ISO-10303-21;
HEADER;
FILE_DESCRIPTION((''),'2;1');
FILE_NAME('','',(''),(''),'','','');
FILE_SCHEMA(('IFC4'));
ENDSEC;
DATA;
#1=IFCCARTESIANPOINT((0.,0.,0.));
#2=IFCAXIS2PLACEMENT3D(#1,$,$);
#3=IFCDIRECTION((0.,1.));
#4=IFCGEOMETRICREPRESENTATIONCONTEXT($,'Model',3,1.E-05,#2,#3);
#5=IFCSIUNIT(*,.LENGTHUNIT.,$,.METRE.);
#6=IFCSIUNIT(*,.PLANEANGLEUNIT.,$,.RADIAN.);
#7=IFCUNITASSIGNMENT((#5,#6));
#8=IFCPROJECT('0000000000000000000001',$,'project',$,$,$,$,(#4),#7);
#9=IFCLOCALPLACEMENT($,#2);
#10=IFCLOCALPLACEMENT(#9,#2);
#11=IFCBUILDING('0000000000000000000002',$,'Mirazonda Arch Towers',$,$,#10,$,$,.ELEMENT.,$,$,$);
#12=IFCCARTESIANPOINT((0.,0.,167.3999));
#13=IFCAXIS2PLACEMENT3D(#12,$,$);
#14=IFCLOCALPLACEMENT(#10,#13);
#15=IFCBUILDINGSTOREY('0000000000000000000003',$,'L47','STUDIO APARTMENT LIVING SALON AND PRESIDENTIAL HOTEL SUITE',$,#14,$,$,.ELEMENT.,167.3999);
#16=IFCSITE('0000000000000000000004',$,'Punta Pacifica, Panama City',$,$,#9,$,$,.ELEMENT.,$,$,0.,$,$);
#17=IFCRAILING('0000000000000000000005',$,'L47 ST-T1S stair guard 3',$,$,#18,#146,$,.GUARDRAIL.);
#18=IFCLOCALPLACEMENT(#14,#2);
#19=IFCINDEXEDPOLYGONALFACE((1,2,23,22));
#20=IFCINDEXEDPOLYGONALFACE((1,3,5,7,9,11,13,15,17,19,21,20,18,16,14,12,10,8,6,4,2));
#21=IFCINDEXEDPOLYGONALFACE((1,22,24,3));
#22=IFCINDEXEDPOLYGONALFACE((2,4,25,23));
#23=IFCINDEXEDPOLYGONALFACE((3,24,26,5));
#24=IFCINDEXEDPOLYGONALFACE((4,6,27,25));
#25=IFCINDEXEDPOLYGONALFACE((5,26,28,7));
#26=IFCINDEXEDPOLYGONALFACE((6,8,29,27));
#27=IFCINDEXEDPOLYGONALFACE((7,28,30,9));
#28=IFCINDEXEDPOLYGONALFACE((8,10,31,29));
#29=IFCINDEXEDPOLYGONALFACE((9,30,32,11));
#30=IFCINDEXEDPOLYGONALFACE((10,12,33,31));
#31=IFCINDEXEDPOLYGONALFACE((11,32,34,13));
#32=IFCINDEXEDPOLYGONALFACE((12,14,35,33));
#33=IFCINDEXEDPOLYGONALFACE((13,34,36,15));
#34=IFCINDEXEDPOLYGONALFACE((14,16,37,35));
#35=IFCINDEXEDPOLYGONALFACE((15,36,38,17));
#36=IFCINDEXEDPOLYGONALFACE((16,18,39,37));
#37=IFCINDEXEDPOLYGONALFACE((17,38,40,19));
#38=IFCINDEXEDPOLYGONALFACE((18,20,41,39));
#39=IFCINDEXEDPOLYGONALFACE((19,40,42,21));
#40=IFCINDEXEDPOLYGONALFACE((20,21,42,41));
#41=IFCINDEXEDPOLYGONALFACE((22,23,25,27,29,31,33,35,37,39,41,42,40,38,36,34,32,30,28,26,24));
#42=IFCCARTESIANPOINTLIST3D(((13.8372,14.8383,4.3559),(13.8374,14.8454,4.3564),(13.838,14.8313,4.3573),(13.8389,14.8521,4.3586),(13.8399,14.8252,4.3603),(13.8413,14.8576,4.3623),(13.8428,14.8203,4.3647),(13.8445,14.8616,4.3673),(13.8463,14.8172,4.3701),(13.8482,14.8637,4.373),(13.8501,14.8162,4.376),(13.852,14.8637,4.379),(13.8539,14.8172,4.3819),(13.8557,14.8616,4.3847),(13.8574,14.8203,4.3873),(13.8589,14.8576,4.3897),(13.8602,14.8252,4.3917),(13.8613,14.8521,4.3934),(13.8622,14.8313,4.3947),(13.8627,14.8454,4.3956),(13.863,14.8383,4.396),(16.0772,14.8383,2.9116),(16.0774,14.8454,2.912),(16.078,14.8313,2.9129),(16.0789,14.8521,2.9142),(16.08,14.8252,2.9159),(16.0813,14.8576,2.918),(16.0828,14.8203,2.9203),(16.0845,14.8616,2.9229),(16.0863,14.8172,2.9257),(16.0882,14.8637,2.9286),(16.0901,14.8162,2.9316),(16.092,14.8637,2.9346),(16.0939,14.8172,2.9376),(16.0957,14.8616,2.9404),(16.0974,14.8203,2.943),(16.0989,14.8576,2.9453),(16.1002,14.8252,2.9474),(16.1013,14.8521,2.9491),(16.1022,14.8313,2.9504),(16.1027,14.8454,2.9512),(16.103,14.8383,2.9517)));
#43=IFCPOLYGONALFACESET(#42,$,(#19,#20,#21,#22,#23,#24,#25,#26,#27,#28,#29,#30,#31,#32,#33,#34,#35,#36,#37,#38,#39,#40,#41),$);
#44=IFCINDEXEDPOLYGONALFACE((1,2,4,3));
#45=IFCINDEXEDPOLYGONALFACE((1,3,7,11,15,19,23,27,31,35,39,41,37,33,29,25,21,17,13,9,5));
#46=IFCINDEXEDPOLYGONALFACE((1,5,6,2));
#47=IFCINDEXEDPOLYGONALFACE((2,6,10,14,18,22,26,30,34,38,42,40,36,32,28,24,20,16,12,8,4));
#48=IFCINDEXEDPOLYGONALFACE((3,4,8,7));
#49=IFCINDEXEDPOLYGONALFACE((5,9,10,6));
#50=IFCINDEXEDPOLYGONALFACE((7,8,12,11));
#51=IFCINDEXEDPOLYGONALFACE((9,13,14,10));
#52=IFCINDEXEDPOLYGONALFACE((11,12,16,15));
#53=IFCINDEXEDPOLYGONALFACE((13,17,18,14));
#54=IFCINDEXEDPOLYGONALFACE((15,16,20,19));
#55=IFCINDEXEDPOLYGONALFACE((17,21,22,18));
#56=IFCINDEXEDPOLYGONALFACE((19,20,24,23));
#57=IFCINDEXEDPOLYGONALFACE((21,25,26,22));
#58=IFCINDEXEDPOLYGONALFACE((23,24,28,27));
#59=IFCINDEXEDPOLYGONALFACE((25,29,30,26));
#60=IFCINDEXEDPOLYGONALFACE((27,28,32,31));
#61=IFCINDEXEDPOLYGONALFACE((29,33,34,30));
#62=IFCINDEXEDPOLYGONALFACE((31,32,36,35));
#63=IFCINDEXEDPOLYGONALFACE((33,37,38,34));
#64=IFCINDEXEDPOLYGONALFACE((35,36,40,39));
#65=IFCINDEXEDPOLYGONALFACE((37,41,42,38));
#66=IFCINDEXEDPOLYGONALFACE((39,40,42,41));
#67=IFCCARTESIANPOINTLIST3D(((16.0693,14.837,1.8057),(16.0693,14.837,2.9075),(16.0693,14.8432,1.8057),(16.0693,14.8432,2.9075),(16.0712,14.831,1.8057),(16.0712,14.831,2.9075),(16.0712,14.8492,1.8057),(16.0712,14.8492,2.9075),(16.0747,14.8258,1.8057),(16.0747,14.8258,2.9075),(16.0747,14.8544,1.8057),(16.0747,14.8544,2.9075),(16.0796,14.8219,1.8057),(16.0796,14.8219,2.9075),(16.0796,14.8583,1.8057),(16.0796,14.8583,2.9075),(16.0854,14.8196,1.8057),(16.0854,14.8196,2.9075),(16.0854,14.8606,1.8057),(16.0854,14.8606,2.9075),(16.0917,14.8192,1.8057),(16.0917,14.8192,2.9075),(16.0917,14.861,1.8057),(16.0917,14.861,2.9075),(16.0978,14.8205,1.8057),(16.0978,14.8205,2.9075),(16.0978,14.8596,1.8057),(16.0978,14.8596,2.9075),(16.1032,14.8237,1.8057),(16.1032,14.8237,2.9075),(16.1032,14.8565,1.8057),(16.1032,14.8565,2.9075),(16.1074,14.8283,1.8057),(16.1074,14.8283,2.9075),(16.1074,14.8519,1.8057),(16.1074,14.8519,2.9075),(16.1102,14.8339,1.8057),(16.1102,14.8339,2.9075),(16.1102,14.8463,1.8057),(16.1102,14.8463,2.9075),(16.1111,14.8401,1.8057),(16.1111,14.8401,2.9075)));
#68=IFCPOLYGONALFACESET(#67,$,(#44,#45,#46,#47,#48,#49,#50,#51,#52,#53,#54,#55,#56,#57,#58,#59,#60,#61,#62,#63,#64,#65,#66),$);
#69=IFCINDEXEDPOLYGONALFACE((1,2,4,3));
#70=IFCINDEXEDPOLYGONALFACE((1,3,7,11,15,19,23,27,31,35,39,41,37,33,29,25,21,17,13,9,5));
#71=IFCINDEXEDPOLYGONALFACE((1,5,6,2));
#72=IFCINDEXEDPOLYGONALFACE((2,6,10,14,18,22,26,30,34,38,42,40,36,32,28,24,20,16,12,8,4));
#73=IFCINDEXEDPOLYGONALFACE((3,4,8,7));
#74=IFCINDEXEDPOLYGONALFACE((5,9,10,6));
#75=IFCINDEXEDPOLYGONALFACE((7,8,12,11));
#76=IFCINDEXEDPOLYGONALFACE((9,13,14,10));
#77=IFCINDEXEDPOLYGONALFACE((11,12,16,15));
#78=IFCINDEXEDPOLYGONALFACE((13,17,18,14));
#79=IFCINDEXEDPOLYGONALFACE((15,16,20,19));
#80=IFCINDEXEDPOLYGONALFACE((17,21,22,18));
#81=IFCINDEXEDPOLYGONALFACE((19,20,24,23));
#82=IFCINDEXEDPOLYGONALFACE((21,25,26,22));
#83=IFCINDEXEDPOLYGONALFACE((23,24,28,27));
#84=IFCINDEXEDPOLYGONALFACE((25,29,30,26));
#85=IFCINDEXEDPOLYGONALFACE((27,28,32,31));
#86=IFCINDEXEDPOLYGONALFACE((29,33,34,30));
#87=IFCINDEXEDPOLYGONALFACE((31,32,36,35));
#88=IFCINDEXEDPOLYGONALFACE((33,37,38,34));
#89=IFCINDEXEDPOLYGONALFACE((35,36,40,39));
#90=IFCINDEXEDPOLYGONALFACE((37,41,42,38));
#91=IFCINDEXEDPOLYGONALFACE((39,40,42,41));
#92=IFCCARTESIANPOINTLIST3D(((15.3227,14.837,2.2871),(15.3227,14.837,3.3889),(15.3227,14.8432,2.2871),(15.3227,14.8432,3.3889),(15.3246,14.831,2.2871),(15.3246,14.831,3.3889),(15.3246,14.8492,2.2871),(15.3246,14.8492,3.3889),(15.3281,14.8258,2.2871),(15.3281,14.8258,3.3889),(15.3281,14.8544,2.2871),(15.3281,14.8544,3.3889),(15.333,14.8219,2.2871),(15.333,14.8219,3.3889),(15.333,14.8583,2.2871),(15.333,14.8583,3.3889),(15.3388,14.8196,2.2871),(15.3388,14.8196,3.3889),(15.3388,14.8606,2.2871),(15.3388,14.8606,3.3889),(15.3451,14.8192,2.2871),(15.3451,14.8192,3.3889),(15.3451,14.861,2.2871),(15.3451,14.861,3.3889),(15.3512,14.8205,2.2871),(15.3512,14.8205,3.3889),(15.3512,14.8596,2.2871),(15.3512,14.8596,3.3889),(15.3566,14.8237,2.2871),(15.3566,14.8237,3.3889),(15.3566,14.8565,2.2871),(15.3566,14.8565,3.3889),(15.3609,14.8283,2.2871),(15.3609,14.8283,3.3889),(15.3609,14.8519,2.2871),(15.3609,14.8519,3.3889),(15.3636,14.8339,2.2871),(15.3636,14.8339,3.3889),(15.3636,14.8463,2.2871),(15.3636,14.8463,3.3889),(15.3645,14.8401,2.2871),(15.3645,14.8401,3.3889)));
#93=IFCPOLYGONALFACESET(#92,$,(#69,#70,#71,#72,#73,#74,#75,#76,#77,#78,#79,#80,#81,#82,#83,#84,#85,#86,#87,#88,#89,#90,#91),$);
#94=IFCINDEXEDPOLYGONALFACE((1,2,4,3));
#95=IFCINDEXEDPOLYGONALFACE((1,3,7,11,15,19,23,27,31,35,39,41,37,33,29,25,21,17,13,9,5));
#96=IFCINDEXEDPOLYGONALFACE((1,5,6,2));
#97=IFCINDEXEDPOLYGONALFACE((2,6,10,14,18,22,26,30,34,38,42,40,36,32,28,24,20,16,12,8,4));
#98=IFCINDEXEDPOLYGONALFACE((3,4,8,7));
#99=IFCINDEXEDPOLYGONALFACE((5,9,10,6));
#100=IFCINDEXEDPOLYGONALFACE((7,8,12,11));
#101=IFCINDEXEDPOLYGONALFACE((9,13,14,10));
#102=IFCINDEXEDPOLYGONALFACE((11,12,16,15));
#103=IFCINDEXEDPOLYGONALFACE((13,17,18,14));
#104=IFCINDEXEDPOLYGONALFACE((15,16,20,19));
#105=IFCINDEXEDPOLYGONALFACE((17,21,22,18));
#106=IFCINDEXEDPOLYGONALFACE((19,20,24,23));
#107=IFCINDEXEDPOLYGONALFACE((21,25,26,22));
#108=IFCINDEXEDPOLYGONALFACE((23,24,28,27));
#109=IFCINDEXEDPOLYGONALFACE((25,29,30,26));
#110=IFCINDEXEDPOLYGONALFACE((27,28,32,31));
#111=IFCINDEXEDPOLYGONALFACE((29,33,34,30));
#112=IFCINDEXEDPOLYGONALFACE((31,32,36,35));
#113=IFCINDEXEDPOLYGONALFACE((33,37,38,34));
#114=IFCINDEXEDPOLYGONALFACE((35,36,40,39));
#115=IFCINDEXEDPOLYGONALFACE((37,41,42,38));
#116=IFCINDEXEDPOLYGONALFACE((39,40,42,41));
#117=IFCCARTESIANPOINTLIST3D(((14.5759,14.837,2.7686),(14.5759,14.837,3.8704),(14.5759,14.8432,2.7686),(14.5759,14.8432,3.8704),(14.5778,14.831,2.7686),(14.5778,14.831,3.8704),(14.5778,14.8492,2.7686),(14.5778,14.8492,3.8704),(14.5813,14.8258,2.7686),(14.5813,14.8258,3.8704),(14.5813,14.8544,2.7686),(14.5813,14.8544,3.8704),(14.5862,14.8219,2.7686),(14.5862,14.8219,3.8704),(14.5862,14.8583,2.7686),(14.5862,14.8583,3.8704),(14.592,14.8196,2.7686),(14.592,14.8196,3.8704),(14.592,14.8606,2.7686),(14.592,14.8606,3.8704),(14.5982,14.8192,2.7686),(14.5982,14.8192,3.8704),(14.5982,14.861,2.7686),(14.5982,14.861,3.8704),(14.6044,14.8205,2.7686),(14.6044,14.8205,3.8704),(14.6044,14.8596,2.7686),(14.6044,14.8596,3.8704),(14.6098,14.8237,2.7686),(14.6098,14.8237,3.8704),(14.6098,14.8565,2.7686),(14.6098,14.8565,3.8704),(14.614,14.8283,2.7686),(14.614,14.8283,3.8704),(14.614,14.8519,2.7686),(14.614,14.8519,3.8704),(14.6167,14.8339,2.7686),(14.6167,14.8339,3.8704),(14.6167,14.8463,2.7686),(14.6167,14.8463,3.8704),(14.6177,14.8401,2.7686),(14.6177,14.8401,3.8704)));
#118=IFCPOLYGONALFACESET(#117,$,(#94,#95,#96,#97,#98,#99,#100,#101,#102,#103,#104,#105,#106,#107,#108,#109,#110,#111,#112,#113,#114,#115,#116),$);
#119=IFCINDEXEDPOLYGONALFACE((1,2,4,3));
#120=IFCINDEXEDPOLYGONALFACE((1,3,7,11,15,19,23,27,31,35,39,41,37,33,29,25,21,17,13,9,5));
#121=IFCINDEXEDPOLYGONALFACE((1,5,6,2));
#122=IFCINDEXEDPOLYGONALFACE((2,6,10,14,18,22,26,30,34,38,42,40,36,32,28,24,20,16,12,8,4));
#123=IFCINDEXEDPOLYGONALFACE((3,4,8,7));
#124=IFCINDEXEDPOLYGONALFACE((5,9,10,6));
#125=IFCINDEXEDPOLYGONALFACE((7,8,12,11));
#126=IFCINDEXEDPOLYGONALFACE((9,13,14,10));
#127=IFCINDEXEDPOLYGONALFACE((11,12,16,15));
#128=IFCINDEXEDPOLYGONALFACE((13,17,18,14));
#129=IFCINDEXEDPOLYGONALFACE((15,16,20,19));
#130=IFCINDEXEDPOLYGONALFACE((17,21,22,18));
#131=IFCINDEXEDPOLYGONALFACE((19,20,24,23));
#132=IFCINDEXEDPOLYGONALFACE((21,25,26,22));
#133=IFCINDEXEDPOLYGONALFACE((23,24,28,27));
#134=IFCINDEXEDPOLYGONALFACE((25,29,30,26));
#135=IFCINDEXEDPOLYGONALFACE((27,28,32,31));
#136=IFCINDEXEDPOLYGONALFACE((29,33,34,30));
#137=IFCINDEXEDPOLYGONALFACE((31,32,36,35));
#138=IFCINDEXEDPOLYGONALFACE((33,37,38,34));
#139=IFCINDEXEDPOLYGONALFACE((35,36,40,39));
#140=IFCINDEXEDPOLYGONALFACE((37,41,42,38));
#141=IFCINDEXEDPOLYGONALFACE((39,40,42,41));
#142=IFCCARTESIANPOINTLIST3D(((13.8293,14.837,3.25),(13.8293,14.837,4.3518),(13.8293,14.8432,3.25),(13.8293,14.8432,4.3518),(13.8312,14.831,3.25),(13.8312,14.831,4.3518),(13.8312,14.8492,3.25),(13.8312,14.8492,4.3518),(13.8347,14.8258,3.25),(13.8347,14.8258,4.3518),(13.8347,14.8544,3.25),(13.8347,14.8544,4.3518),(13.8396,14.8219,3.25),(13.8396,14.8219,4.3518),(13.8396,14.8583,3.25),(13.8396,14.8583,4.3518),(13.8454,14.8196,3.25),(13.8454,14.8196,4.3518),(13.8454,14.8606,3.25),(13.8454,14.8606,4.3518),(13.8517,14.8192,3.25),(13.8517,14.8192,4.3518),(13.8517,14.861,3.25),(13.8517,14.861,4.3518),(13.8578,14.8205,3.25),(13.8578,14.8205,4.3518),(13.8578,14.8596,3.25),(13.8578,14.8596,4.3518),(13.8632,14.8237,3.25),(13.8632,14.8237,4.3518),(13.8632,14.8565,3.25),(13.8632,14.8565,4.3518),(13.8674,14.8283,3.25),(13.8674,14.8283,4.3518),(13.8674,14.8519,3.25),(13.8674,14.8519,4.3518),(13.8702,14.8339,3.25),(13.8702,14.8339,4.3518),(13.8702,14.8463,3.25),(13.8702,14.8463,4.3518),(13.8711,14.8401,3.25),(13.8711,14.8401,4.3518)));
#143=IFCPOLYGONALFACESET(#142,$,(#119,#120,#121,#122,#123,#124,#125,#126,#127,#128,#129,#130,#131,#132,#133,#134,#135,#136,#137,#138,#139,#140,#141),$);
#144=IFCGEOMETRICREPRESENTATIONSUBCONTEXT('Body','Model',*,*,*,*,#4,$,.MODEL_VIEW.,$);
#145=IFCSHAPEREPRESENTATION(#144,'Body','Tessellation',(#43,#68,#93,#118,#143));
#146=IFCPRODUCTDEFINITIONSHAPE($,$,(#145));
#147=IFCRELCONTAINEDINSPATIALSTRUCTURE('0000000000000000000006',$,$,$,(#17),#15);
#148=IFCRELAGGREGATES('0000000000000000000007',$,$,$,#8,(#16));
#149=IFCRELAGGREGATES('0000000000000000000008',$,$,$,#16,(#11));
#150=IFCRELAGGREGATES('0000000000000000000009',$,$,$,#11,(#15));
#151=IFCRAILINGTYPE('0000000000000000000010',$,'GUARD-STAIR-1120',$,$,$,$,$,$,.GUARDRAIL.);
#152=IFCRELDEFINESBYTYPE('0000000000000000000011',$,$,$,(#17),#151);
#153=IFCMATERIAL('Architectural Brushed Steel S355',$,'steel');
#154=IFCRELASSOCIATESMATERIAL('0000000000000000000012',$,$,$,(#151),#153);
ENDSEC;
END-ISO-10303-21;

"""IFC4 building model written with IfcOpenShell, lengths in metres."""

from ifc_helpers import new_model, si_unit, direction, frame, origin, origin_2d, place, context, subcontext, project, spatial, circle, extrude, material, type_object, element, save


model = new_model("IFC4")

# Units and contexts
model_context = context("Model", 3, precision=1e-05, world=origin(), true_north=direction((0.0, 1.0)))
body_context = subcontext(model_context, "Body", "Model", "MODEL_VIEW")
ifc_project = project(units=[si_unit("LENGTHUNIT", "METRE"), si_unit("PLANEANGLEUNIT", "RADIAN")], contexts=[model_context])

# Site, building, storey
site_placement = place(None, origin())
site = spatial("IfcSite", under=ifc_project, at=site_placement, Name="Punta Pacifica, Panama City", CompositionType="ELEMENT", RefElevation=0.0)
building_placement = place(site_placement, origin())
building = spatial("IfcBuilding", under=site, at=building_placement, Name="Mirazonda Arch Towers", CompositionType="ELEMENT")
storey_placement = place(building_placement, frame((0.0, 0.0, 167.3999)))
storey = spatial("IfcBuildingStorey", under=building, at=storey_placement, Name="L47", Description="STUDIO APARTMENT LIVING SALON AND PRESIDENTIAL HOTEL SUITE", CompositionType="ELEMENT", Elevation=167.3999)

# Shared definitions
ifc_material_1 = material(Name="Architectural Brushed Steel S355", Category="steel")

# Railing
railing_type_1 = type_object("IfcRailingType", Name="GUARD-STAIR-1120", PredefinedType="GUARDRAIL", material=ifc_material_1)
railing_1_placement = place(storey_placement, frame((16.0901, 14.8401, 1.8057)))
element("IfcRailing", 1, at=railing_1_placement, inside=storey, type_object=railing_type_1, Name="L47 ST-T1S stair guard 3", PredefinedType="GUARDRAIL", context=body_context, shape_type="SweptSolid", body=[
    extrude(circle(Radius=0.0239, at=origin_2d()), frame((0.0, 0.0, 1.126), z_axis=(-0.840437, 0.0, 0.54191), x_axis=(0.0, -1.0, 0.0)), (0.0, 0.0, 1.0), 2.6653),
    extrude(circle(Radius=0.021, at=origin_2d()), origin(), (0.0, 0.0, 1.0), 1.1018),
    extrude(circle(Radius=0.021, at=origin_2d()), frame((-0.7466, 0.0, 0.4814)), (0.0, 0.0, 1.0), 1.1018),
    extrude(circle(Radius=0.021, at=origin_2d()), frame((-1.4934, 0.0, 0.9629)), (0.0, 0.0, 1.0), 1.1018),
    extrude(circle(Radius=0.021, at=origin_2d()), frame((-2.24, 0.0, 1.4443)), (0.0, 0.0, 1.0), 1.1018),
])

save(model, "model.ifc")
